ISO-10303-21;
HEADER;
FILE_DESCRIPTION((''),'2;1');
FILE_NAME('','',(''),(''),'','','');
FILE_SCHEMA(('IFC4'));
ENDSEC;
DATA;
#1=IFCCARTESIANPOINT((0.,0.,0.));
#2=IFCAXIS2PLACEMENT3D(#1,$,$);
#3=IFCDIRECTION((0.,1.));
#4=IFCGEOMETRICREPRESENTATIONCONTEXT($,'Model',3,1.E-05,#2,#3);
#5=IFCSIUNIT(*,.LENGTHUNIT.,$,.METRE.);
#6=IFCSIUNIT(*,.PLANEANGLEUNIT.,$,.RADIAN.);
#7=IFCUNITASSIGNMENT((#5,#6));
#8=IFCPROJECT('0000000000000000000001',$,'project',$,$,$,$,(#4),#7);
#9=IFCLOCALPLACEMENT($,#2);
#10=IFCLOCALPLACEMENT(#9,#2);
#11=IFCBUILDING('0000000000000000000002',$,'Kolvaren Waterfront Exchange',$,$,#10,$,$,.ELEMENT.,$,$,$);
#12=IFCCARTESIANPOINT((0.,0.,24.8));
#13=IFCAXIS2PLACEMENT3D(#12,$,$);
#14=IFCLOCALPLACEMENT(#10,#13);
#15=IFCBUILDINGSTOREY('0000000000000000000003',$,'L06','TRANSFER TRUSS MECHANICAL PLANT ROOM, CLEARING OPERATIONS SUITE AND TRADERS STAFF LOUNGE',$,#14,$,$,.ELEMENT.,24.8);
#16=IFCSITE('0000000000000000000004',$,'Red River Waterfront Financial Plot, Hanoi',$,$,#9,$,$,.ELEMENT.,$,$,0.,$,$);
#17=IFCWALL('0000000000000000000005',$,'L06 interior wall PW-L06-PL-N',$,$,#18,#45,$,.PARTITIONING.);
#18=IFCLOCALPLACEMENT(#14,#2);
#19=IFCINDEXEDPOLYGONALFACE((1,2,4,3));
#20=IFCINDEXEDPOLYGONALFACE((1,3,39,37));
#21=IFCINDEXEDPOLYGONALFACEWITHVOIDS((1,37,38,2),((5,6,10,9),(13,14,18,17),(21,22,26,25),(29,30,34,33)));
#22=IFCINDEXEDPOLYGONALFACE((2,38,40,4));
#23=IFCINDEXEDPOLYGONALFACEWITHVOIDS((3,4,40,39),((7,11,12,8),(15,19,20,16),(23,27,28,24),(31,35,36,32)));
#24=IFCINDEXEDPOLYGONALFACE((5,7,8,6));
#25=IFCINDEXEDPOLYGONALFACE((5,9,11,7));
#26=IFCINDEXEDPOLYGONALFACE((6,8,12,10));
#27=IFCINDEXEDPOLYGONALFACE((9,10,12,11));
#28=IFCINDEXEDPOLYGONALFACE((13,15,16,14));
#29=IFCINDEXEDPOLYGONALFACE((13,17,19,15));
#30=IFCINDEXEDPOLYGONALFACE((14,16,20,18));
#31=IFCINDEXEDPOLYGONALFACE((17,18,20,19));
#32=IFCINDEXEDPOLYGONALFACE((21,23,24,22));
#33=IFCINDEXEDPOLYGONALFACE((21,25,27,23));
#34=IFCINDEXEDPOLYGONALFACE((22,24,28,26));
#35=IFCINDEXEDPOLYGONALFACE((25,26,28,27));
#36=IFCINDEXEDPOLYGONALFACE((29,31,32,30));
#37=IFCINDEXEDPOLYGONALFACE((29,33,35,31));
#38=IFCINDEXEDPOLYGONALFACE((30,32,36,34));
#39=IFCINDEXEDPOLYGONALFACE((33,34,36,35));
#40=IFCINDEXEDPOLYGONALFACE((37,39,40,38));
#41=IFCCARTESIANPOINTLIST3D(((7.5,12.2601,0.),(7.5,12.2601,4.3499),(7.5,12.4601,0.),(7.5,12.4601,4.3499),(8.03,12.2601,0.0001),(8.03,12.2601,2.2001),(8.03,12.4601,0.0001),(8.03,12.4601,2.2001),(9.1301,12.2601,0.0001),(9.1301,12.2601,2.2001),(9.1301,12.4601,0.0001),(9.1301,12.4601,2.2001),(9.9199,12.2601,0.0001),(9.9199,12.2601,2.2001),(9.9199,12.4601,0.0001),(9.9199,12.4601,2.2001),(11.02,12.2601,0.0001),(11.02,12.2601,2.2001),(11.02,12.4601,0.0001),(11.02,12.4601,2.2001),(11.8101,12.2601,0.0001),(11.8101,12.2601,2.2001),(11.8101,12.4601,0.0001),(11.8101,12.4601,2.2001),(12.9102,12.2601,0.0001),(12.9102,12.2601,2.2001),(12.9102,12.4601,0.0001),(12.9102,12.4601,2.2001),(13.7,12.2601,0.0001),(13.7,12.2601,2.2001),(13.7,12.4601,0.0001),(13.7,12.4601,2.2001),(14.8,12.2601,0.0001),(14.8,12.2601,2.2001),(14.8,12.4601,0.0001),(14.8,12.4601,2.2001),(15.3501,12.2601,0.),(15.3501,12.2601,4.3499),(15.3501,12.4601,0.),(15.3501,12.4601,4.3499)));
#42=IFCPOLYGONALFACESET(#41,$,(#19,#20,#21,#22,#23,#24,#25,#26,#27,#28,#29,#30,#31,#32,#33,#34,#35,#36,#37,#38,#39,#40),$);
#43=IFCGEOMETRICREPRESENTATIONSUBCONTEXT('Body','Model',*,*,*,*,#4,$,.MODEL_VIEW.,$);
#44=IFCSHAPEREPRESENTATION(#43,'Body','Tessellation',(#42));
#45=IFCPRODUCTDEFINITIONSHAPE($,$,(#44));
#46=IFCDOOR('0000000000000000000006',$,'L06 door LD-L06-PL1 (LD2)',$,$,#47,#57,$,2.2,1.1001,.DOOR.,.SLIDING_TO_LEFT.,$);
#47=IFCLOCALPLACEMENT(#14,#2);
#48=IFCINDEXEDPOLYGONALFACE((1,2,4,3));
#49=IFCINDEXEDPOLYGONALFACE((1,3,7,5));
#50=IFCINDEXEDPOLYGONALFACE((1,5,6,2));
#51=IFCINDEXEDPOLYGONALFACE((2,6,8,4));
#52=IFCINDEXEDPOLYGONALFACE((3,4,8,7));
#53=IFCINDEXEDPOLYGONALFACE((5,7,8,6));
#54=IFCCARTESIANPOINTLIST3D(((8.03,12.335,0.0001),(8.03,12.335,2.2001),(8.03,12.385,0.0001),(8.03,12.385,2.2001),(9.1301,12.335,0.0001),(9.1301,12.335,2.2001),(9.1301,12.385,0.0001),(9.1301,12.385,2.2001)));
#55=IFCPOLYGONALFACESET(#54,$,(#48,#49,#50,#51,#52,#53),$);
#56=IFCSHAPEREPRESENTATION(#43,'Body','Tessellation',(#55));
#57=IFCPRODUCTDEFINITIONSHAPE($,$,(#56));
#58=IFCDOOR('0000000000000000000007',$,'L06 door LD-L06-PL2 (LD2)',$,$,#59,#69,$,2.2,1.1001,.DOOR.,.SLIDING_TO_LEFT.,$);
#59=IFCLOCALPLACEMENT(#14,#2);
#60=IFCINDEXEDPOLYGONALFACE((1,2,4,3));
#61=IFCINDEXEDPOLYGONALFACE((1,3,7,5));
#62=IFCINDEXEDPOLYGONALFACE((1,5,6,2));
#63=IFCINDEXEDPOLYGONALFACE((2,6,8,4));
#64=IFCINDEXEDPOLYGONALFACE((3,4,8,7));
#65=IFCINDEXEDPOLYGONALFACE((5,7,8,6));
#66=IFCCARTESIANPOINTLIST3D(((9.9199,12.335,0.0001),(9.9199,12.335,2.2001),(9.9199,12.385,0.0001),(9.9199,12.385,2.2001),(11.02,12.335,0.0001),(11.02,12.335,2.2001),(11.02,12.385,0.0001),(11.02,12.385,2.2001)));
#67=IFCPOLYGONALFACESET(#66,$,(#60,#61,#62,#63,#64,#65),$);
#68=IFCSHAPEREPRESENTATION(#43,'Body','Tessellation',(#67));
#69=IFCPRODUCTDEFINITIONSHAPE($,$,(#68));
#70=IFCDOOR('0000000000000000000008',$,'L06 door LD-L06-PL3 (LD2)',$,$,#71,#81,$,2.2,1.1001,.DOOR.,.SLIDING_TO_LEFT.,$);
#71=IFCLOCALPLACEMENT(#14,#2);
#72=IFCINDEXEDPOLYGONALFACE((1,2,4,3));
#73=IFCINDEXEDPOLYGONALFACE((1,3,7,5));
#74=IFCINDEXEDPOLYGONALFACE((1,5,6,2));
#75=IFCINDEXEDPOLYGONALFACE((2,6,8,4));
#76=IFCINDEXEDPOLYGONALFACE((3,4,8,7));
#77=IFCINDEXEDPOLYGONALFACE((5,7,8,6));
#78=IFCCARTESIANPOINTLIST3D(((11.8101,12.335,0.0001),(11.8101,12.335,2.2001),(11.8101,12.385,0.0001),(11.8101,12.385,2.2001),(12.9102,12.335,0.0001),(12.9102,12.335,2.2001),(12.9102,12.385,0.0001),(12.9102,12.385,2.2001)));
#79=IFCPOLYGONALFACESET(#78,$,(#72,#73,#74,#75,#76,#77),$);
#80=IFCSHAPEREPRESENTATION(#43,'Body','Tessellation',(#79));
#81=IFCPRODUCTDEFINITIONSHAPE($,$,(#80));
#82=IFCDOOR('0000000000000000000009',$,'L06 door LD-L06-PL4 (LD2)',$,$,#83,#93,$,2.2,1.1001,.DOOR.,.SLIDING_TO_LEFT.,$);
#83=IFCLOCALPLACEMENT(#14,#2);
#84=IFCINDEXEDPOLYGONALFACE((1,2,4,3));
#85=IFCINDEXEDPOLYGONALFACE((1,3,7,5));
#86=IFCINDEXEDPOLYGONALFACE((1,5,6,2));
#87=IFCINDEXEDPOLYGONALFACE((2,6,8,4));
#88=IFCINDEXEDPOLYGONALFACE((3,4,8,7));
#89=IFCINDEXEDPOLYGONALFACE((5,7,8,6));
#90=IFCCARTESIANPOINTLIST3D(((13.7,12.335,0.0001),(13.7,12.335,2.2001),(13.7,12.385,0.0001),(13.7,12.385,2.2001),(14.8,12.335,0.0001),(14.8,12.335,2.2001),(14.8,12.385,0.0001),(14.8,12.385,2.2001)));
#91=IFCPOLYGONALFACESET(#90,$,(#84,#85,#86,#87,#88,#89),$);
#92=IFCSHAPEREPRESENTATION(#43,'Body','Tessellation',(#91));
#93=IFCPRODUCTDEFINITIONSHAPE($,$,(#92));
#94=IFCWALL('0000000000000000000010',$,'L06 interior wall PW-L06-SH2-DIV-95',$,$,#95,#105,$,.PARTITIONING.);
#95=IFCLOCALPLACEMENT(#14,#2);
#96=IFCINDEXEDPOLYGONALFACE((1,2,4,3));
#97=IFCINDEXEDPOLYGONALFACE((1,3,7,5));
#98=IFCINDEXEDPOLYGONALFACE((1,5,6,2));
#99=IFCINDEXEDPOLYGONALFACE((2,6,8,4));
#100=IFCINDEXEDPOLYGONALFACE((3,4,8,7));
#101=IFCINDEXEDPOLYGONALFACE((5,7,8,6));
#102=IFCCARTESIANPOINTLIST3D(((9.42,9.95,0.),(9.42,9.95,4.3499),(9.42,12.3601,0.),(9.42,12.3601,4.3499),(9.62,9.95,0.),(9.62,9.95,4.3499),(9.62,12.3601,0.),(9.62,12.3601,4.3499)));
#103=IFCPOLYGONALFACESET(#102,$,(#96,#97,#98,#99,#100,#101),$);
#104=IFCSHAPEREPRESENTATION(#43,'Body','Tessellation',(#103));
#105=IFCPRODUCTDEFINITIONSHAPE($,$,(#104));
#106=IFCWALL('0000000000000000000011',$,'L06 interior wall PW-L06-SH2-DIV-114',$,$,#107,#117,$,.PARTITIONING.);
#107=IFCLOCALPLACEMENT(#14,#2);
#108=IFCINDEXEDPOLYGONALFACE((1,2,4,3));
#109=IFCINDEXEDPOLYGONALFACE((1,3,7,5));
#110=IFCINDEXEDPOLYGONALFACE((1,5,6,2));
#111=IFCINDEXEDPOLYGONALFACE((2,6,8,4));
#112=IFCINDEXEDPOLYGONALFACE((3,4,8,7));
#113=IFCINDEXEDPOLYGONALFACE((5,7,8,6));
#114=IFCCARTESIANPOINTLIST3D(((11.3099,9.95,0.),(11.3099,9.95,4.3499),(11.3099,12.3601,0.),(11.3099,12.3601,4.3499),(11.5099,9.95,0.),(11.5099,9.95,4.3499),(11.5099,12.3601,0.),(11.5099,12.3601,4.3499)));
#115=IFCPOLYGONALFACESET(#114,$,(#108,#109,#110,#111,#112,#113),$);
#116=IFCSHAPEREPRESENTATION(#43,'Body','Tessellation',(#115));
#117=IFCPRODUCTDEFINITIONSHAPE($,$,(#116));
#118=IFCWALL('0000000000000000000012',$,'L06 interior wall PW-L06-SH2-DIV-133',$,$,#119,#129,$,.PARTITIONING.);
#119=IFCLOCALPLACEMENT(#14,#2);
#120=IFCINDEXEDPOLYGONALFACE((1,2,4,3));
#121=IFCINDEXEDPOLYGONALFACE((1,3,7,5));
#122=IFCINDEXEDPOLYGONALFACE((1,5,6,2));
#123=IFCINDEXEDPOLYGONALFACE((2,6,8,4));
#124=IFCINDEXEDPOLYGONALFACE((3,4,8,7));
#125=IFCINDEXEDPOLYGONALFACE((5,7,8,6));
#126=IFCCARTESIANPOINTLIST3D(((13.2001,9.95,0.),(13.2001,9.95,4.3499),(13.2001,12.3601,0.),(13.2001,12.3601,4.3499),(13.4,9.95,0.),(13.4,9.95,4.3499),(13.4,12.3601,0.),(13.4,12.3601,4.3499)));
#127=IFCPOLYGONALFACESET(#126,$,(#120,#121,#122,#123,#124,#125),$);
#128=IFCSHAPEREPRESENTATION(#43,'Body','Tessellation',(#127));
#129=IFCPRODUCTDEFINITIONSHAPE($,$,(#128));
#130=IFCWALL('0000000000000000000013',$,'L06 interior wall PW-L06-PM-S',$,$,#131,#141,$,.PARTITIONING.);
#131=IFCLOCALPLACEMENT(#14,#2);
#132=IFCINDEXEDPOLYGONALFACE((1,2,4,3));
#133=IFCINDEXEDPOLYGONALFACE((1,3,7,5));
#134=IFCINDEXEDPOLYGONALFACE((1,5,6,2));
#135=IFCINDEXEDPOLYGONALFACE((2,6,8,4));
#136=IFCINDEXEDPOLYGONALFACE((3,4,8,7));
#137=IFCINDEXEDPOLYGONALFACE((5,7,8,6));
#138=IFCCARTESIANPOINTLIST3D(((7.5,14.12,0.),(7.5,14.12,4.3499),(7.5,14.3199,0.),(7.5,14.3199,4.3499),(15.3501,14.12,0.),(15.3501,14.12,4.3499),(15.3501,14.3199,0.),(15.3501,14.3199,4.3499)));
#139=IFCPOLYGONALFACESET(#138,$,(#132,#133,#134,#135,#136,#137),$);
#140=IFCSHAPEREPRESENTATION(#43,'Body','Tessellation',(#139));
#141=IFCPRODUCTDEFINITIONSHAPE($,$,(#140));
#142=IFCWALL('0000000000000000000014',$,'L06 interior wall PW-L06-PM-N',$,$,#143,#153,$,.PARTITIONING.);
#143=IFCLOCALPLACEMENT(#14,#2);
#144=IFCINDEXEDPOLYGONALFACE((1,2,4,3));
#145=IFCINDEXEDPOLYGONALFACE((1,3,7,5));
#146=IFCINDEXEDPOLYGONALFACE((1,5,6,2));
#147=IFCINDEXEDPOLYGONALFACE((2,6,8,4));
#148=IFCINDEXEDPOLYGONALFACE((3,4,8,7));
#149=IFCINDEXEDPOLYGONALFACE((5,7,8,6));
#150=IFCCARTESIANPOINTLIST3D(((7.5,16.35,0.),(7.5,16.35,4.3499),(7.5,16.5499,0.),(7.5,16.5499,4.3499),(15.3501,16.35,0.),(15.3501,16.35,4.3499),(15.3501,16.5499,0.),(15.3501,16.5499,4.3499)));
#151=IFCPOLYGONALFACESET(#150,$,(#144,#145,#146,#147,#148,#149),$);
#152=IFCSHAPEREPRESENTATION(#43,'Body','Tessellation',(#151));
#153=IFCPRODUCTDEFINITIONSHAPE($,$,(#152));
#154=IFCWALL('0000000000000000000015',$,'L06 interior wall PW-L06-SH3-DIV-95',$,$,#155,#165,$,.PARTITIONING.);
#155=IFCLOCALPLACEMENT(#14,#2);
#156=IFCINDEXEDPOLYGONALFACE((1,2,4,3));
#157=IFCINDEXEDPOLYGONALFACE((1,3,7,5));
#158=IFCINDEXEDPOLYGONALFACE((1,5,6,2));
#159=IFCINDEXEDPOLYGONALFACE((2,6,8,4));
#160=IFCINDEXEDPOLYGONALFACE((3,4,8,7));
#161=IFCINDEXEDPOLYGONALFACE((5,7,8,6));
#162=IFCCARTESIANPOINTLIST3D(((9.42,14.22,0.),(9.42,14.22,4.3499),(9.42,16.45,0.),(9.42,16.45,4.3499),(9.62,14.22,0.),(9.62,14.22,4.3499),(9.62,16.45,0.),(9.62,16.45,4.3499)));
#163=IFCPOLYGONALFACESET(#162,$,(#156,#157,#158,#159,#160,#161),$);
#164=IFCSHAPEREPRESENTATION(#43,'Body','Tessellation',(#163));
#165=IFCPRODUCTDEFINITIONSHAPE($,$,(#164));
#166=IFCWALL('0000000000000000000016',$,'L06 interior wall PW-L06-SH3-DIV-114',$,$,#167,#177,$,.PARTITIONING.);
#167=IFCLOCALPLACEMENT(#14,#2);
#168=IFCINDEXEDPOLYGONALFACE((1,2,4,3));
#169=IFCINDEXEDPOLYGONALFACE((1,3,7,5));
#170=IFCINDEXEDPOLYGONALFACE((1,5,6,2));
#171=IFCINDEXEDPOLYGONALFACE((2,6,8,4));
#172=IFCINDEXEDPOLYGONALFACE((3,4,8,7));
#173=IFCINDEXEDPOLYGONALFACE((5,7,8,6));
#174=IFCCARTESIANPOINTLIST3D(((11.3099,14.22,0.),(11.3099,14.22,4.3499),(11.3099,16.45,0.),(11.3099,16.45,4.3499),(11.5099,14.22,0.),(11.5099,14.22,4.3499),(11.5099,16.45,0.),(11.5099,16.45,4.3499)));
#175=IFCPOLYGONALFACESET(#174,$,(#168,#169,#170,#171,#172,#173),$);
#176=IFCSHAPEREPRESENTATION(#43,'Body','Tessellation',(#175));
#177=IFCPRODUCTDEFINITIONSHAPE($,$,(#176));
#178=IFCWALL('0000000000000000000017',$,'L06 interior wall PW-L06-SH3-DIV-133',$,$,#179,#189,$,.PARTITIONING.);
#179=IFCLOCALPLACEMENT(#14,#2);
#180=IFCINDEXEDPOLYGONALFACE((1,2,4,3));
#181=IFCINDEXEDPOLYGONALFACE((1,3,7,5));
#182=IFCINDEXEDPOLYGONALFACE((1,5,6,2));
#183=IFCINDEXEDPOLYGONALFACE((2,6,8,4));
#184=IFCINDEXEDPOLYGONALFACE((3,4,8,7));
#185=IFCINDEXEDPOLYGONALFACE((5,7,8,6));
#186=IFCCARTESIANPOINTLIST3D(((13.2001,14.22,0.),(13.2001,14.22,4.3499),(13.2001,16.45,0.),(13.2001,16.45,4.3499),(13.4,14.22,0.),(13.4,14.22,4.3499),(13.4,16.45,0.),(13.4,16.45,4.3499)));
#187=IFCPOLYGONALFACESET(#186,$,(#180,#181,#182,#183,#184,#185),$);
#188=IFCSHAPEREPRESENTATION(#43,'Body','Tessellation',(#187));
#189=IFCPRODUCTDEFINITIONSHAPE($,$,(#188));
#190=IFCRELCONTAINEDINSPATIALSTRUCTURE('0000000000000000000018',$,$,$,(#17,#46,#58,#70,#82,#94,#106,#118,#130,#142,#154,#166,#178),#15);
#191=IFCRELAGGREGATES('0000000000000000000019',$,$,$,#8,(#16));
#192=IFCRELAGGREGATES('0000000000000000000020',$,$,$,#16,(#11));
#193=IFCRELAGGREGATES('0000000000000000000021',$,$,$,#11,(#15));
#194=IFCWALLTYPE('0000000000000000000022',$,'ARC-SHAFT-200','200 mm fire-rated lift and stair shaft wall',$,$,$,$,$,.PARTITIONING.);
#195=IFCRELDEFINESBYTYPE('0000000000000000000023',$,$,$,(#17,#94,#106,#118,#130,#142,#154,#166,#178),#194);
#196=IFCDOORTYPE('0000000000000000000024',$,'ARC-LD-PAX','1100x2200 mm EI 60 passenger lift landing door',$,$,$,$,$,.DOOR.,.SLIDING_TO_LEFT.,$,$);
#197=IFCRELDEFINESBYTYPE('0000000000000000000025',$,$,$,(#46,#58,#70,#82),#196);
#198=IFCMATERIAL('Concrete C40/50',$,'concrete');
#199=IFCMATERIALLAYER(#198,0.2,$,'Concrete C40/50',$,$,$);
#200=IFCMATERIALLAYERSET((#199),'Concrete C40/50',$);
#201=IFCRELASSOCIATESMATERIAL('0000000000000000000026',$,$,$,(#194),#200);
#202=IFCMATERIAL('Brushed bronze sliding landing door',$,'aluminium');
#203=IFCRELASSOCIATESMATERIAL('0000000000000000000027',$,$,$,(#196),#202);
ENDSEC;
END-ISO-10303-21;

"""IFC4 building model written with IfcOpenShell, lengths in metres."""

from ifc_helpers import new_model, si_unit, direction, frame, frame_2d, origin, place, context, subcontext, project, spatial, rectangle, extrude, material, layer, layer_set, type_object, element, fill, save


model = new_model("IFC4")

# Units and contexts
model_context = context("Model", 3, precision=1e-05, world=origin(), true_north=direction((0.0, 1.0)))
body_context = subcontext(model_context, "Body", "Model", "MODEL_VIEW")
ifc_project = project(units=[si_unit("LENGTHUNIT", "METRE"), si_unit("PLANEANGLEUNIT", "RADIAN")], contexts=[model_context])

# Site, building, storey
site_placement = place(None, origin())
site = spatial("IfcSite", under=ifc_project, at=site_placement, Name="Red River Waterfront Financial Plot, Hanoi", CompositionType="ELEMENT", RefElevation=0.0)
building_placement = place(site_placement, origin())
building = spatial("IfcBuilding", under=site, at=building_placement, Name="Kolvaren Waterfront Exchange", CompositionType="ELEMENT")
storey_placement = place(building_placement, frame((0.0, 0.0, 24.8)))
storey = spatial("IfcBuildingStorey", under=building, at=storey_placement, Name="L06", Description="TRANSFER TRUSS MECHANICAL PLANT ROOM, CLEARING OPERATIONS SUITE AND TRADERS STAFF LOUNGE", CompositionType="ELEMENT", Elevation=24.8)

# Wall, openings, doors
ifc_material_1 = material(Name="Concrete C40/50", Category="concrete")
ifc_layer_1 = layer(ifc_material_1, 0.2, Name="Concrete C40/50")
ifc_layer_set_1 = layer_set([ifc_layer_1], Name="Concrete C40/50")
wall_type_1 = type_object("IfcWallType", Name="ARC-SHAFT-200", Description="200 mm fire-rated lift and stair shaft wall", PredefinedType="PARTITIONING", material=ifc_layer_set_1)
wall_1_placement = place(storey_placement, frame((7.5, 12.3601, 0.0), z_axis=(0.0, 0.0, 1.0), x_axis=(1.0, 0.0, 0.0)))
wall_1 = element("IfcWall", 1, at=wall_1_placement, inside=storey, type_object=wall_type_1, Name="L06 interior wall PW-L06-PL-N", PredefinedType="PARTITIONING", context=body_context, shape_type="SweptSolid", body=[
    extrude(rectangle(XDim=7.8501, YDim=0.2, at=frame_2d((3.925, 0.0))), origin(), (0.0, 0.0, 1.0), 4.3499),
])
opening_1_placement = place(wall_1_placement, frame((0.53, 0.0, 0.0)))
opening_1 = element("IfcOpeningElement", 2, at=opening_1_placement, cuts=wall_1, PredefinedType="OPENING", context=body_context, shape_type="SweptSolid", body=[
    extrude(rectangle(XDim=1.1001, YDim=2.2, at=frame_2d((0.55, 1.1001))), frame((0.0, 0.1099, 0.0), z_axis=(0.0, -1.0, 0.0), x_axis=(1.0, 0.0, 0.0)), (0.0, 0.0, 1.0), 0.22),
])
opening_2_placement = place(wall_1_placement, frame((2.4199, 0.0, 0.0)))
opening_2 = element("IfcOpeningElement", 3, at=opening_2_placement, cuts=wall_1, PredefinedType="OPENING", context=body_context, shape_type="SweptSolid", body=[
    extrude(rectangle(XDim=1.1001, YDim=2.2, at=frame_2d((0.55, 1.1001))), frame((0.0, 0.1099, 0.0), z_axis=(0.0, -1.0, 0.0), x_axis=(1.0, 0.0, 0.0)), (0.0, 0.0, 1.0), 0.22),
])
opening_3_placement = place(wall_1_placement, frame((4.3101, 0.0, 0.0)))
opening_3 = element("IfcOpeningElement", 4, at=opening_3_placement, cuts=wall_1, PredefinedType="OPENING", context=body_context, shape_type="SweptSolid", body=[
    extrude(rectangle(XDim=1.1001, YDim=2.2, at=frame_2d((0.55, 1.1001))), frame((0.0, 0.1099, 0.0), z_axis=(0.0, -1.0, 0.0), x_axis=(1.0, 0.0, 0.0)), (0.0, 0.0, 1.0), 0.22),
])
opening_4_placement = place(wall_1_placement, frame((6.2, 0.0, 0.0)))
opening_4 = element("IfcOpeningElement", 5, at=opening_4_placement, cuts=wall_1, PredefinedType="OPENING", context=body_context, shape_type="SweptSolid", body=[
    extrude(rectangle(XDim=1.1001, YDim=2.2, at=frame_2d((0.55, 1.1001))), frame((0.0, 0.1099, 0.0), z_axis=(0.0, -1.0, 0.0), x_axis=(1.0, 0.0, 0.0)), (0.0, 0.0, 1.0), 0.22),
])
ifc_material_2 = material(Name="Brushed bronze sliding landing door", Category="aluminium")
door_type_1 = type_object("IfcDoorType", Name="ARC-LD-PAX", Description="1100x2200 mm EI 60 passenger lift landing door", OperationType="SLIDING_TO_LEFT", PredefinedType="DOOR", material=ifc_material_2)
door_1_placement = place(opening_1_placement, origin())
door_1 = element("IfcDoor", 6, at=door_1_placement, inside=storey, type_object=door_type_1, Name="L06 door LD-L06-PL1 (LD2)", OperationType="SLIDING_TO_LEFT", OverallHeight=2.2, OverallWidth=1.1001, PredefinedType="DOOR", context=body_context, shape_type="SweptSolid", body=[
    extrude(rectangle(XDim=1.1001, YDim=2.2, at=frame_2d((0.55, 1.1001))), frame((0.0, 0.0249, 0.0), z_axis=(0.0, -1.0, 0.0), x_axis=(1.0, 0.0, 0.0)), (0.0, 0.0, 1.0), 0.05),
])
fill(opening_1, door_1)
door_2_placement = place(opening_2_placement, origin())
door_2 = element("IfcDoor", 7, at=door_2_placement, inside=storey, type_object=door_type_1, Name="L06 door LD-L06-PL2 (LD2)", OperationType="SLIDING_TO_LEFT", OverallHeight=2.2, OverallWidth=1.1001, PredefinedType="DOOR", context=body_context, shape_type="SweptSolid", body=[
    extrude(rectangle(XDim=1.1001, YDim=2.2, at=frame_2d((0.55, 1.1001))), frame((0.0, 0.0249, 0.0), z_axis=(0.0, -1.0, 0.0), x_axis=(1.0, 0.0, 0.0)), (0.0, 0.0, 1.0), 0.05),
])
fill(opening_2, door_2)
door_3_placement = place(opening_3_placement, origin())
door_3 = element("IfcDoor", 8, at=door_3_placement, inside=storey, type_object=door_type_1, Name="L06 door LD-L06-PL3 (LD2)", OperationType="SLIDING_TO_LEFT", OverallHeight=2.2, OverallWidth=1.1001, PredefinedType="DOOR", context=body_context, shape_type="SweptSolid", body=[
    extrude(rectangle(XDim=1.1001, YDim=2.2, at=frame_2d((0.55, 1.1001))), frame((0.0, 0.0249, 0.0), z_axis=(0.0, -1.0, 0.0), x_axis=(1.0, 0.0, 0.0)), (0.0, 0.0, 1.0), 0.05),
])
fill(opening_3, door_3)
door_4_placement = place(opening_4_placement, origin())
door_4 = element("IfcDoor", 9, at=door_4_placement, inside=storey, type_object=door_type_1, Name="L06 door LD-L06-PL4 (LD2)", OperationType="SLIDING_TO_LEFT", OverallHeight=2.2, OverallWidth=1.1001, PredefinedType="DOOR", context=body_context, shape_type="SweptSolid", body=[
    extrude(rectangle(XDim=1.1001, YDim=2.2, at=frame_2d((0.55, 1.1001))), frame((0.0, 0.0249, 0.0), z_axis=(0.0, -1.0, 0.0), x_axis=(1.0, 0.0, 0.0)), (0.0, 0.0, 1.0), 0.05),
])
fill(opening_4, door_4)

# Walls
for number, where, z_axis, x_axis, name in (
    (10, (9.52, 9.95, 0.0), (0.0, 0.0, 1.0), (0.0, 1.0, 0.0), "L06 interior wall PW-L06-SH2-DIV-95"),
    (11, (11.4099, 9.95, 0.0), (0.0, 0.0, 1.0), (0.0, 1.0, 0.0), "L06 interior wall PW-L06-SH2-DIV-114"),
    (12, (13.3, 9.95, 0.0), (0.0, 0.0, 1.0), (0.0, 1.0, 0.0), "L06 interior wall PW-L06-SH2-DIV-133"),
):
    element("IfcWall", number, at=place(storey_placement, frame(where, z_axis=z_axis, x_axis=x_axis)), inside=storey, type_object=wall_type_1, Name=name, PredefinedType="PARTITIONING", context=body_context, shape_type="SweptSolid", body=[
        extrude(rectangle(XDim=2.4102, YDim=0.2, at=frame_2d((1.2051, 0.0))), origin(), (0.0, 0.0, 1.0), 4.3499),
    ])
for number, where, z_axis, x_axis, name in (
    (13, (7.5, 14.22, 0.0), (0.0, 0.0, 1.0), (1.0, 0.0, 0.0), "L06 interior wall PW-L06-PM-S"),
    (14, (7.5, 16.45, 0.0), (0.0, 0.0, 1.0), (1.0, 0.0, 0.0), "L06 interior wall PW-L06-PM-N"),
):
    element("IfcWall", number, at=place(storey_placement, frame(where, z_axis=z_axis, x_axis=x_axis)), inside=storey, type_object=wall_type_1, Name=name, PredefinedType="PARTITIONING", context=body_context, shape_type="SweptSolid", body=[
        extrude(rectangle(XDim=7.8501, YDim=0.2, at=frame_2d((3.925, 0.0))), origin(), (0.0, 0.0, 1.0), 4.3499),
    ])
for number, where, z_axis, x_axis, name in (
    (15, (9.52, 14.22, 0.0), (0.0, 0.0, 1.0), (0.0, 1.0, 0.0), "L06 interior wall PW-L06-SH3-DIV-95"),
    (16, (11.4099, 14.22, 0.0), (0.0, 0.0, 1.0), (0.0, 1.0, 0.0), "L06 interior wall PW-L06-SH3-DIV-114"),
    (17, (13.3, 14.22, 0.0), (0.0, 0.0, 1.0), (0.0, 1.0, 0.0), "L06 interior wall PW-L06-SH3-DIV-133"),
):
    element("IfcWall", number, at=place(storey_placement, frame(where, z_axis=z_axis, x_axis=x_axis)), inside=storey, type_object=wall_type_1, Name=name, PredefinedType="PARTITIONING", context=body_context, shape_type="SweptSolid", body=[
        extrude(rectangle(XDim=2.23, YDim=0.2, at=frame_2d((1.115, 0.0))), origin(), (0.0, 0.0, 1.0), 4.3499),
    ])

save(model, "model.ifc")
